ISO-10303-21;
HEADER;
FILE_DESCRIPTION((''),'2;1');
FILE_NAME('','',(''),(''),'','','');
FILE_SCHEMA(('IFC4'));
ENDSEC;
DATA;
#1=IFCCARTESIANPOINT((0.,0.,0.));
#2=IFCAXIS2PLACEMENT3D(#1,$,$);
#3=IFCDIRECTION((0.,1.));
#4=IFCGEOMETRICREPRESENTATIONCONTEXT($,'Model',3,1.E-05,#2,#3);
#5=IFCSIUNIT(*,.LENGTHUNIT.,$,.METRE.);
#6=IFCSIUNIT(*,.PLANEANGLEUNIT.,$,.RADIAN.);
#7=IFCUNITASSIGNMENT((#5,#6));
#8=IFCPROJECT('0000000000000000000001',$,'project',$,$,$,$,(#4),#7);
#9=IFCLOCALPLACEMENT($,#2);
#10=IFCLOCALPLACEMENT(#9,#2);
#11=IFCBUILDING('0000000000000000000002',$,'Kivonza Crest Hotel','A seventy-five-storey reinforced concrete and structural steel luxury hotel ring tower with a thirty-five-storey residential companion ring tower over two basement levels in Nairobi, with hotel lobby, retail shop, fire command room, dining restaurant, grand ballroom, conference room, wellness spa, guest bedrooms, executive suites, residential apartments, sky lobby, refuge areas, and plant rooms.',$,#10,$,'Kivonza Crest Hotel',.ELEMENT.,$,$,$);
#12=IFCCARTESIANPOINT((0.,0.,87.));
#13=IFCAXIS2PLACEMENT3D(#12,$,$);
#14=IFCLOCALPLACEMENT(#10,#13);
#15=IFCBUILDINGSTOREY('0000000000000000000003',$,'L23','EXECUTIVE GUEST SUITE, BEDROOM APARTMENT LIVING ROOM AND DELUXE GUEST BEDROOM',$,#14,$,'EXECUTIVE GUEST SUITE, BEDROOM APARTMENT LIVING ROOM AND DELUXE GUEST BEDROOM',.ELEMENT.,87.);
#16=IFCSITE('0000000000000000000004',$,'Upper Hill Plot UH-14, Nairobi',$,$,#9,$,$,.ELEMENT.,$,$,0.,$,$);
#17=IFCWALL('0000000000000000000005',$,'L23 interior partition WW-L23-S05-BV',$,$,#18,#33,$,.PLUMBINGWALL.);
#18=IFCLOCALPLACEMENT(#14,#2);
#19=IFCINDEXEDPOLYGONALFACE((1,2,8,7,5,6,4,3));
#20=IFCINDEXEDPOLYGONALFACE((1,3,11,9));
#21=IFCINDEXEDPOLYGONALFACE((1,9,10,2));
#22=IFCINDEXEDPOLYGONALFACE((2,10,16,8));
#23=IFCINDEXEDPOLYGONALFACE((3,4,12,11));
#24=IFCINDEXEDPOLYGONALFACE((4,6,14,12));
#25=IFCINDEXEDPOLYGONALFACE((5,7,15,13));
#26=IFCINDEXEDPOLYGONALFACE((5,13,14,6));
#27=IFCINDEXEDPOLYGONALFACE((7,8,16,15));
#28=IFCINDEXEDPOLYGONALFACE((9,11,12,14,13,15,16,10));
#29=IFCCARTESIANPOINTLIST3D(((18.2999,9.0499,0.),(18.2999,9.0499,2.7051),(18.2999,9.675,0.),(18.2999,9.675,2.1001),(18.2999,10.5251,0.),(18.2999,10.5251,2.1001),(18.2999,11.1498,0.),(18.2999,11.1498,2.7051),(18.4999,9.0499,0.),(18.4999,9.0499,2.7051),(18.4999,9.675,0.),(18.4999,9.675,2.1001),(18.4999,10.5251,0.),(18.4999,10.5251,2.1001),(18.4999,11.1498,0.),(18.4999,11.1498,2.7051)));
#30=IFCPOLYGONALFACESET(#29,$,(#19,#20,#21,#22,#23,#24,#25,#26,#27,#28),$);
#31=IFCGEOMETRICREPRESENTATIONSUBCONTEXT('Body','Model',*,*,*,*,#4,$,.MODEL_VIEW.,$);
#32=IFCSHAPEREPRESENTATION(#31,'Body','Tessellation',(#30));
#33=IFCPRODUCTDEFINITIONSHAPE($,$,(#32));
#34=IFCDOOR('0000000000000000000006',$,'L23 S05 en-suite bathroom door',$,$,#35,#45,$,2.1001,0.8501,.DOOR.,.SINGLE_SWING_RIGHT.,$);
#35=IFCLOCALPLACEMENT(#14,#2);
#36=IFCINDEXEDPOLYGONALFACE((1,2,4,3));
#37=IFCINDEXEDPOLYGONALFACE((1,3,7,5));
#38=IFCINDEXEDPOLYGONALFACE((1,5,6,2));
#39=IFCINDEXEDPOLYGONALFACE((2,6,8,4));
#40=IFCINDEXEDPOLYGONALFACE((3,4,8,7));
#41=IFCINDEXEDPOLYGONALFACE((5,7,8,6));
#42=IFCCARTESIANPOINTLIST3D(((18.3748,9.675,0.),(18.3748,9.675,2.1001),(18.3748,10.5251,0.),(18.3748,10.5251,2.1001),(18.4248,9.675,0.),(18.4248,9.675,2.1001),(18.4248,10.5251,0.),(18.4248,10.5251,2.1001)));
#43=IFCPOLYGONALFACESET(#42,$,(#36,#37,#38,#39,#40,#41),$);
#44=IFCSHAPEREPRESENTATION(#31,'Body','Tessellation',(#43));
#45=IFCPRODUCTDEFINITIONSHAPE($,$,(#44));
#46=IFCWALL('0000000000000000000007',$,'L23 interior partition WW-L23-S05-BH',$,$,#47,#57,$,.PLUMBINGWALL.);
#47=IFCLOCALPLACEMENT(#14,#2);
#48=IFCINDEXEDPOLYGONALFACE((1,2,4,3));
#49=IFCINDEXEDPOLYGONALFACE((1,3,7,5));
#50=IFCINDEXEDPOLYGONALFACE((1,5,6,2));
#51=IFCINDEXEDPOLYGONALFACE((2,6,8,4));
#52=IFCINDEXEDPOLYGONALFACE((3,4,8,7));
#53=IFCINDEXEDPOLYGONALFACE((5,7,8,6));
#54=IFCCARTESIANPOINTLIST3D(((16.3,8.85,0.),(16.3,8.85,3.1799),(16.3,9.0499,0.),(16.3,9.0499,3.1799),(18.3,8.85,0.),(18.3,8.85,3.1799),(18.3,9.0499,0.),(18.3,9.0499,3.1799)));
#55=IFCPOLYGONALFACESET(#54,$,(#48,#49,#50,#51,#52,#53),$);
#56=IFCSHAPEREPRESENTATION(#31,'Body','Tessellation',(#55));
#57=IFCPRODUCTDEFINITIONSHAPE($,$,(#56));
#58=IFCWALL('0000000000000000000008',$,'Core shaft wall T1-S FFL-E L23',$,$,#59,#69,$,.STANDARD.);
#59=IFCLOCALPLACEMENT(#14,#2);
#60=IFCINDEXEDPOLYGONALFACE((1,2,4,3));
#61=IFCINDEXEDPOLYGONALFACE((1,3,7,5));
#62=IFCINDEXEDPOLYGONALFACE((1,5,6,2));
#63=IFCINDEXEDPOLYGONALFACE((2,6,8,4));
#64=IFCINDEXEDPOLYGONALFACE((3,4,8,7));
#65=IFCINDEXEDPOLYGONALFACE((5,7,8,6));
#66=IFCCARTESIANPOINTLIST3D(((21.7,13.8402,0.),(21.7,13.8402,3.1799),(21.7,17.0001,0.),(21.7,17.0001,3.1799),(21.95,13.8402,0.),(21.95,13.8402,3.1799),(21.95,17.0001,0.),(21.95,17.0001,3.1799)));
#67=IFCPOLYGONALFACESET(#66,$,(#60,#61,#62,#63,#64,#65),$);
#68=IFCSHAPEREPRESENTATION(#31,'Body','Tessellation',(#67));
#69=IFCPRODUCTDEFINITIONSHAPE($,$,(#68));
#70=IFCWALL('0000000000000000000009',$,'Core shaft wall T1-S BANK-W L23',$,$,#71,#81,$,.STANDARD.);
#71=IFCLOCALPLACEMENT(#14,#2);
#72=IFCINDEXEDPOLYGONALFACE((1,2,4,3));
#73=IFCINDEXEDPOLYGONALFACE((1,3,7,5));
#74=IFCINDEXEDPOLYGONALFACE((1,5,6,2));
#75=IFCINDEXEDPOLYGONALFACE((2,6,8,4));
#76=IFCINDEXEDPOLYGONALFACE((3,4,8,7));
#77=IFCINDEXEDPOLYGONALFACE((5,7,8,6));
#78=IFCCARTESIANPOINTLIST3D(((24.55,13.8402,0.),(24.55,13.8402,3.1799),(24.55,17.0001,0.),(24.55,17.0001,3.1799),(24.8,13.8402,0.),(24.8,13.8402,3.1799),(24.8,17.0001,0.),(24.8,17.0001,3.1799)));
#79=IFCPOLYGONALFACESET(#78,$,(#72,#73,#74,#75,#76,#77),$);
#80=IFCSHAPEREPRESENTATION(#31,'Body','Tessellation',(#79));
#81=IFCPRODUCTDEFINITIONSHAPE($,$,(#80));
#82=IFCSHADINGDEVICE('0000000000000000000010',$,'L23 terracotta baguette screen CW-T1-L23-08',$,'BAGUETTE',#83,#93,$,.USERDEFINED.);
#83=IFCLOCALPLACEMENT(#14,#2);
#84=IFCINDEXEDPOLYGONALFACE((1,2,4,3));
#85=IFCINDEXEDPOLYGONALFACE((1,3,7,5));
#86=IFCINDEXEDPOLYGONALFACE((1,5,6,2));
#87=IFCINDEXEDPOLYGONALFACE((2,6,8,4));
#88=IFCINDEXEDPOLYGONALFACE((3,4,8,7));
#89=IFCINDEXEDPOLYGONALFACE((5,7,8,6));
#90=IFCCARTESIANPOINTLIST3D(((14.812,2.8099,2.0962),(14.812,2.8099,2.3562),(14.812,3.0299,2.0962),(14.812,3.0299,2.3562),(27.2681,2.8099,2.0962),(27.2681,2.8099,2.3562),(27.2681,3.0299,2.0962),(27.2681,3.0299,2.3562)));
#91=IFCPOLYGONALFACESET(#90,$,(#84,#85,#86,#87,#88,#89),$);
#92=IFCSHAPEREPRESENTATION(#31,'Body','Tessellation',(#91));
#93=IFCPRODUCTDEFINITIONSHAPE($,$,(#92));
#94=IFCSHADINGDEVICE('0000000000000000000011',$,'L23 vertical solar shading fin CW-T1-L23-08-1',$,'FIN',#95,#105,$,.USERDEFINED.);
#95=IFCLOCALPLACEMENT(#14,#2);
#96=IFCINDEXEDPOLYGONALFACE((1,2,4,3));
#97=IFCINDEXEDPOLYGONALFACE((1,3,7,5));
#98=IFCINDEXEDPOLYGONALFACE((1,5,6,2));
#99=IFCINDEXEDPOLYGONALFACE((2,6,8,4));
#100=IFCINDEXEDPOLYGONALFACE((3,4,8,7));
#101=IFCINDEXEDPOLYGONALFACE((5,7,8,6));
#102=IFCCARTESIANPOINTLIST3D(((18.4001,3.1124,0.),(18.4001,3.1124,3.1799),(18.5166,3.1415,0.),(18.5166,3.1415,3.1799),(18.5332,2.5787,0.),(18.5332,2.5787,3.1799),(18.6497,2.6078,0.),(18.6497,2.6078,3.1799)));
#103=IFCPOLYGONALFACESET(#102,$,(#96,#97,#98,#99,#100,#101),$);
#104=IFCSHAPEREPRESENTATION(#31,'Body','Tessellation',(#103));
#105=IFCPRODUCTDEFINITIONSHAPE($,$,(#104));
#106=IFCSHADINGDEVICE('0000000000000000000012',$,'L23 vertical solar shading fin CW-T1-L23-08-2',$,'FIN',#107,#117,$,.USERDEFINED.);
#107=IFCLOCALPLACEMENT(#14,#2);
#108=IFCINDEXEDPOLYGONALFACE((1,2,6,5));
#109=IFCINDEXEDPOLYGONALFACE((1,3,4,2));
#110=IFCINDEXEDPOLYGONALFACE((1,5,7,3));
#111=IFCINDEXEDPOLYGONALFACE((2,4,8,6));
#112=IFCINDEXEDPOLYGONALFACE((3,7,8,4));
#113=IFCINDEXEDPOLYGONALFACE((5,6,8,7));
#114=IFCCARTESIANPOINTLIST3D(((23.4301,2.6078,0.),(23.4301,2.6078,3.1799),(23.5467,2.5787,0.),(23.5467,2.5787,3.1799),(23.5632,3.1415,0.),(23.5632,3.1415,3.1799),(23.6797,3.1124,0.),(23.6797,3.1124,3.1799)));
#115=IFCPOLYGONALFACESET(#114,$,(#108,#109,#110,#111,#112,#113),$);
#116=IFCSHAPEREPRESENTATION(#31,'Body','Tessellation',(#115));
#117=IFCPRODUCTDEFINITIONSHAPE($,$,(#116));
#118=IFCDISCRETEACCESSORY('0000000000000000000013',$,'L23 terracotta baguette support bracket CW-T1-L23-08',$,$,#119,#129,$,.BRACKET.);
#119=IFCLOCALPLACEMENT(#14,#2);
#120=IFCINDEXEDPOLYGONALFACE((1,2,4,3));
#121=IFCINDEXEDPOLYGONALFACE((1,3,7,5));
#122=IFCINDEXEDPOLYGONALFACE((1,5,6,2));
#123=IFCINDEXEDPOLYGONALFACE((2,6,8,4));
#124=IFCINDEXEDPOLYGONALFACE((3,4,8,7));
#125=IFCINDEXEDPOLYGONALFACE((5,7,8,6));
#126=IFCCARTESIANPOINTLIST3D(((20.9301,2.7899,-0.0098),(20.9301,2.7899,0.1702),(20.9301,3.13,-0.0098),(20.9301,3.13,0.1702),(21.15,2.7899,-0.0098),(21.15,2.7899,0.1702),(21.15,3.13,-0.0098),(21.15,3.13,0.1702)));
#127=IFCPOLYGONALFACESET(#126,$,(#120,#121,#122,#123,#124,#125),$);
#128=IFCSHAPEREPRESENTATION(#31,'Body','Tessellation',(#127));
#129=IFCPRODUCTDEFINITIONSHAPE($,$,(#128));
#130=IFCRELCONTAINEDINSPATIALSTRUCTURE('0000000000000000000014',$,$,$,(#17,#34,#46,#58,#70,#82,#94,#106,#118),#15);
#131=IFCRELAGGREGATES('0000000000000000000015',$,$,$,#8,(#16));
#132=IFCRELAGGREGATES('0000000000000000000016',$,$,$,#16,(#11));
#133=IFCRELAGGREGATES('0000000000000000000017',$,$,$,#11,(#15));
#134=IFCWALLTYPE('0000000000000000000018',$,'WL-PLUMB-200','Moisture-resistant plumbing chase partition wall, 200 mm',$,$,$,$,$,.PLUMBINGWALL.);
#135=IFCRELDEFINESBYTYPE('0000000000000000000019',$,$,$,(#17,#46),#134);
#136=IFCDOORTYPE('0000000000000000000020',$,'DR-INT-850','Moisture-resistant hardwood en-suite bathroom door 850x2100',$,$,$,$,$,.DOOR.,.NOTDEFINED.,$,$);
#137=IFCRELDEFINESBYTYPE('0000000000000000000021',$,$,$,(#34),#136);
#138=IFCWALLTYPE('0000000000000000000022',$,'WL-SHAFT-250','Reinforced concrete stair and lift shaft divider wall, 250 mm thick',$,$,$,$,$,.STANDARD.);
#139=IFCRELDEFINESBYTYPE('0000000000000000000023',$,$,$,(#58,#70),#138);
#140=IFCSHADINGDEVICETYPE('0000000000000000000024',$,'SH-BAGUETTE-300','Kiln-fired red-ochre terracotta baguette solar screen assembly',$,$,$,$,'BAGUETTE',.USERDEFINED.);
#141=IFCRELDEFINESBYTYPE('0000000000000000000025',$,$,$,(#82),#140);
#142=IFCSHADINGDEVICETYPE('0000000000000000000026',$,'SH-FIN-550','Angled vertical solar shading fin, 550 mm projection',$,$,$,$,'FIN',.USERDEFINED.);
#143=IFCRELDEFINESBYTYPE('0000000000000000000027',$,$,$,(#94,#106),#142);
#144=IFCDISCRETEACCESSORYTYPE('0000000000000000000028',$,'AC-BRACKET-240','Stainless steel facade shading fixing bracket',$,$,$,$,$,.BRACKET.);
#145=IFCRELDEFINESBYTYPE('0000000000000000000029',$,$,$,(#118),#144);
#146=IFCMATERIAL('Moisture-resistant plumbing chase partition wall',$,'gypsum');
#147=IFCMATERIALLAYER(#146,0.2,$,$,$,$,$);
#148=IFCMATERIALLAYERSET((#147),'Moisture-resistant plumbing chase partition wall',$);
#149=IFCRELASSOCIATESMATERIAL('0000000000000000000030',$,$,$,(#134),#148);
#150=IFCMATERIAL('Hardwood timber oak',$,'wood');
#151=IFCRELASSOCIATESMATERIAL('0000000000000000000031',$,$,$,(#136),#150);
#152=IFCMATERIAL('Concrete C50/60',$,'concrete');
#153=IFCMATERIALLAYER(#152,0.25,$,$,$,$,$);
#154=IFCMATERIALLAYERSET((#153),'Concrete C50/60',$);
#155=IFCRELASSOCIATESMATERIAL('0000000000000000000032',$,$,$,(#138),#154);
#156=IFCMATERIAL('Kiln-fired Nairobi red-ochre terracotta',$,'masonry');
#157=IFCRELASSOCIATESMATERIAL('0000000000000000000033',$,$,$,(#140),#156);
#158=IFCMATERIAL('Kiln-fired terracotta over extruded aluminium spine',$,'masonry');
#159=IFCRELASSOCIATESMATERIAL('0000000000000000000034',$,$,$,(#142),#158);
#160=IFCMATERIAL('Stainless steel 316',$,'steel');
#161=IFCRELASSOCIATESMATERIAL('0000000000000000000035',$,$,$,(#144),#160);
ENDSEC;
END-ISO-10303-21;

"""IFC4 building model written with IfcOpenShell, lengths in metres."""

from ifc_helpers import new_model, si_unit, direction, frame, frame_2d, origin, origin_2d, place, context, subcontext, project, spatial, rectangle, extrude, material, layer, layer_set, type_object, element, fill, save


model = new_model("IFC4")

# Units and contexts
model_context = context("Model", 3, precision=1e-05, world=origin(), true_north=direction((0.0, 1.0)))
body_context = subcontext(model_context, "Body", "Model", "MODEL_VIEW")
ifc_project = project(units=[si_unit("LENGTHUNIT", "METRE"), si_unit("PLANEANGLEUNIT", "RADIAN")], contexts=[model_context])

# Site, building, storey
site_placement = place(None, origin())
site = spatial("IfcSite", under=ifc_project, at=site_placement, Name="Upper Hill Plot UH-14, Nairobi", CompositionType="ELEMENT", RefElevation=0.0)
building_placement = place(site_placement, origin())
building = spatial("IfcBuilding", under=site, at=building_placement, Name="Kivonza Crest Hotel", Description="A seventy-five-storey reinforced concrete and structural steel luxury hotel ring tower with a thirty-five-storey residential companion ring tower over two basement levels in Nairobi, with hotel lobby, retail shop, fire command room, dining restaurant, grand ballroom, conference room, wellness spa, guest bedrooms, executive suites, residential apartments, sky lobby, refuge areas, and plant rooms.", LongName="Kivonza Crest Hotel", CompositionType="ELEMENT")
storey_placement = place(building_placement, frame((0.0, 0.0, 87.0)))
storey = spatial("IfcBuildingStorey", under=building, at=storey_placement, Name="L23", Description="EXECUTIVE GUEST SUITE, BEDROOM APARTMENT LIVING ROOM AND DELUXE GUEST BEDROOM", LongName="EXECUTIVE GUEST SUITE, BEDROOM APARTMENT LIVING ROOM AND DELUXE GUEST BEDROOM", CompositionType="ELEMENT", Elevation=87.0)

# Shared definitions
ifc_material_1 = material(Name="Concrete C50/60", Category="concrete")

# Shared definitions
ifc_material_2 = material(Name="Hardwood timber oak", Category="wood")

# Wall, opening, door
ifc_material_3 = material(Name="Moisture-resistant plumbing chase partition wall", Category="gypsum")
ifc_layer_1 = layer(ifc_material_3, 0.2)
ifc_layer_set_1 = layer_set([ifc_layer_1], Name="Moisture-resistant plumbing chase partition wall")
wall_type_1 = type_object("IfcWallType", Name="WL-PLUMB-200", Description="Moisture-resistant plumbing chase partition wall, 200 mm", PredefinedType="PLUMBINGWALL", material=ifc_layer_set_1)
wall_1_placement = place(storey_placement, frame((18.3999, 9.05, 0.0), z_axis=(0.0, 0.0, 1.0), x_axis=(0.0, 1.0, 0.0)))
wall_1 = element("IfcWall", 1, at=wall_1_placement, inside=storey, type_object=wall_type_1, Name="L23 interior partition WW-L23-S05-BV", PredefinedType="PLUMBINGWALL", context=body_context, shape_type="SweptSolid", body=[
    extrude(rectangle(XDim=2.0999, YDim=0.2, at=frame_2d((1.0498, 0.0))), origin(), (0.0, 0.0, 1.0), 2.7051),
])
opening_1_placement = place(wall_1_placement, frame((0.625, 0.0, 0.0)))
opening_1 = element("IfcOpeningElement", 2, at=opening_1_placement, cuts=wall_1, PredefinedType="OPENING", context=body_context, shape_type="SweptSolid", body=[
    extrude(rectangle(XDim=0.8501, YDim=2.1001, at=frame_2d((0.425, 1.05))), frame((0.0, 0.1099, 0.0), z_axis=(0.0, -1.0, 0.0), x_axis=(1.0, 0.0, 0.0)), (0.0, 0.0, 1.0), 0.22),
])
door_type_1 = type_object("IfcDoorType", Name="DR-INT-850", Description="Moisture-resistant hardwood en-suite bathroom door 850x2100", OperationType="NOTDEFINED", PredefinedType="DOOR", material=ifc_material_2)
door_1_placement = place(opening_1_placement, frame((0.8501, 0.0, 0.0), z_axis=(0.0, 0.0, 1.0), x_axis=(-1.0, 0.0, 0.0)))
door_1 = element("IfcDoor", 3, at=door_1_placement, inside=storey, type_object=door_type_1, Name="L23 S05 en-suite bathroom door", OperationType="SINGLE_SWING_RIGHT", OverallHeight=2.1001, OverallWidth=0.8501, PredefinedType="DOOR", context=body_context, shape_type="SweptSolid", body=[
    extrude(rectangle(XDim=0.8501, YDim=2.1001, at=frame_2d((0.425, 1.05))), frame((0.0, 0.0249, 0.0), z_axis=(0.0, -1.0, 0.0), x_axis=(1.0, 0.0, 0.0)), (0.0, 0.0, 1.0), 0.05),
])
fill(opening_1, door_1)

# Wall
wall_2_placement = place(storey_placement, frame((16.3, 8.95, 0.0), z_axis=(0.0, 0.0, 1.0), x_axis=(1.0, 0.0, 0.0)))
element("IfcWall", 4, at=wall_2_placement, inside=storey, type_object=wall_type_1, Name="L23 interior partition WW-L23-S05-BH", PredefinedType="PLUMBINGWALL", context=body_context, shape_type="SweptSolid", body=[
    extrude(rectangle(XDim=2.0, YDim=0.2, at=frame_2d((1.0, 0.0))), origin(), (0.0, 0.0, 1.0), 3.1799),
])

# Shared definitions
ifc_layer_2 = layer(ifc_material_1, 0.25)
ifc_layer_set_2 = layer_set([ifc_layer_2], Name="Concrete C50/60")
wall_type_2 = type_object("IfcWallType", Name="WL-SHAFT-250", Description="Reinforced concrete stair and lift shaft divider wall, 250 mm thick", PredefinedType="STANDARD", material=ifc_layer_set_2)

# Walls
for number, where, z_axis, x_axis, name in (
    (5, (21.825, 13.8401, 0.0), (0.0, 0.0, 1.0), (0.0, 1.0, 0.0), "Core shaft wall T1-S FFL-E L23"),
    (6, (24.675, 13.8401, 0.0), (0.0, 0.0, 1.0), (0.0, 1.0, 0.0), "Core shaft wall T1-S BANK-W L23"),
):
    element("IfcWall", number, at=place(storey_placement, frame(where, z_axis=z_axis, x_axis=x_axis)), inside=storey, type_object=wall_type_2, Name=name, PredefinedType="STANDARD", context=body_context, shape_type="SweptSolid", body=[
        extrude(rectangle(XDim=3.1599, YDim=0.25, at=frame_2d((1.5801, 0.0))), origin(), (0.0, 0.0, 1.0), 3.1799),
    ])

# Shading devices
ifc_material_4 = material(Name="Kiln-fired Nairobi red-ochre terracotta", Category="masonry")
shading_device_type_1 = type_object("IfcShadingDeviceType", Name="SH-BAGUETTE-300", Description="Kiln-fired red-ochre terracotta baguette solar screen assembly", ElementType="BAGUETTE", PredefinedType="USERDEFINED", material=ifc_material_4)
shading_device_placement = place(storey_placement, frame((21.04, 2.9199, 2.0962), z_axis=(0.0, 0.0, 1.0), x_axis=(1.0, 0.0, 0.0)))
element("IfcShadingDevice", 7, at=shading_device_placement, inside=storey, type_object=shading_device_type_1, Name="L23 terracotta baguette screen CW-T1-L23-08", ObjectType="BAGUETTE", PredefinedType="USERDEFINED", context=body_context, shape_type="SweptSolid", body=[
    extrude(rectangle(XDim=12.4561, YDim=0.22, at=origin_2d()), origin(), (0.0, 0.0, 1.0), 0.26),
])
ifc_material_5 = material(Name="Kiln-fired terracotta over extruded aluminium spine", Category="masonry")
shading_device_type_2 = type_object("IfcShadingDeviceType", Name="SH-FIN-550", Description="Angled vertical solar shading fin, 550 mm projection", ElementType="FIN", PredefinedType="USERDEFINED", material=ifc_material_5)
for number, where, z_axis, x_axis, name in (
    (8, (18.5249, 2.8601, 0.0), (0.0, 0.0, 1.0), (0.970296, 0.241922, 0.0), "L23 vertical solar shading fin CW-T1-L23-08-1"),
    (9, (23.5549, 2.8601, 0.0), (0.0, 0.0, 1.0), (0.970296, -0.241922, 0.0), "L23 vertical solar shading fin CW-T1-L23-08-2"),
):
    element("IfcShadingDevice", number, at=place(storey_placement, frame(where, z_axis=z_axis, x_axis=x_axis)), inside=storey, type_object=shading_device_type_2, Name=name, ObjectType="FIN", PredefinedType="USERDEFINED", context=body_context, shape_type="SweptSolid", body=[
        extrude(rectangle(XDim=0.1201, YDim=0.55, at=origin_2d()), origin(), (0.0, 0.0, 1.0), 3.1799),
    ])

# Discrete accessory
ifc_material_6 = material(Name="Stainless steel 316", Category="steel")
discrete_accessory_type = type_object("IfcDiscreteAccessoryType", Name="AC-BRACKET-240", Description="Stainless steel facade shading fixing bracket", PredefinedType="BRACKET", material=ifc_material_6)
discrete_accessory_placement = place(storey_placement, frame((21.04, 2.96, -0.0098), z_axis=(0.0, 0.0, 1.0), x_axis=(1.0, 0.0, 0.0)))
element("IfcDiscreteAccessory", 10, at=discrete_accessory_placement, inside=storey, type_object=discrete_accessory_type, Name="L23 terracotta baguette support bracket CW-T1-L23-08", PredefinedType="BRACKET", context=body_context, shape_type="SweptSolid", body=[
    extrude(rectangle(XDim=0.22, YDim=0.3401, at=origin_2d()), origin(), (0.0, 0.0, 1.0), 0.1799),
])

save(model, "model.ifc")
